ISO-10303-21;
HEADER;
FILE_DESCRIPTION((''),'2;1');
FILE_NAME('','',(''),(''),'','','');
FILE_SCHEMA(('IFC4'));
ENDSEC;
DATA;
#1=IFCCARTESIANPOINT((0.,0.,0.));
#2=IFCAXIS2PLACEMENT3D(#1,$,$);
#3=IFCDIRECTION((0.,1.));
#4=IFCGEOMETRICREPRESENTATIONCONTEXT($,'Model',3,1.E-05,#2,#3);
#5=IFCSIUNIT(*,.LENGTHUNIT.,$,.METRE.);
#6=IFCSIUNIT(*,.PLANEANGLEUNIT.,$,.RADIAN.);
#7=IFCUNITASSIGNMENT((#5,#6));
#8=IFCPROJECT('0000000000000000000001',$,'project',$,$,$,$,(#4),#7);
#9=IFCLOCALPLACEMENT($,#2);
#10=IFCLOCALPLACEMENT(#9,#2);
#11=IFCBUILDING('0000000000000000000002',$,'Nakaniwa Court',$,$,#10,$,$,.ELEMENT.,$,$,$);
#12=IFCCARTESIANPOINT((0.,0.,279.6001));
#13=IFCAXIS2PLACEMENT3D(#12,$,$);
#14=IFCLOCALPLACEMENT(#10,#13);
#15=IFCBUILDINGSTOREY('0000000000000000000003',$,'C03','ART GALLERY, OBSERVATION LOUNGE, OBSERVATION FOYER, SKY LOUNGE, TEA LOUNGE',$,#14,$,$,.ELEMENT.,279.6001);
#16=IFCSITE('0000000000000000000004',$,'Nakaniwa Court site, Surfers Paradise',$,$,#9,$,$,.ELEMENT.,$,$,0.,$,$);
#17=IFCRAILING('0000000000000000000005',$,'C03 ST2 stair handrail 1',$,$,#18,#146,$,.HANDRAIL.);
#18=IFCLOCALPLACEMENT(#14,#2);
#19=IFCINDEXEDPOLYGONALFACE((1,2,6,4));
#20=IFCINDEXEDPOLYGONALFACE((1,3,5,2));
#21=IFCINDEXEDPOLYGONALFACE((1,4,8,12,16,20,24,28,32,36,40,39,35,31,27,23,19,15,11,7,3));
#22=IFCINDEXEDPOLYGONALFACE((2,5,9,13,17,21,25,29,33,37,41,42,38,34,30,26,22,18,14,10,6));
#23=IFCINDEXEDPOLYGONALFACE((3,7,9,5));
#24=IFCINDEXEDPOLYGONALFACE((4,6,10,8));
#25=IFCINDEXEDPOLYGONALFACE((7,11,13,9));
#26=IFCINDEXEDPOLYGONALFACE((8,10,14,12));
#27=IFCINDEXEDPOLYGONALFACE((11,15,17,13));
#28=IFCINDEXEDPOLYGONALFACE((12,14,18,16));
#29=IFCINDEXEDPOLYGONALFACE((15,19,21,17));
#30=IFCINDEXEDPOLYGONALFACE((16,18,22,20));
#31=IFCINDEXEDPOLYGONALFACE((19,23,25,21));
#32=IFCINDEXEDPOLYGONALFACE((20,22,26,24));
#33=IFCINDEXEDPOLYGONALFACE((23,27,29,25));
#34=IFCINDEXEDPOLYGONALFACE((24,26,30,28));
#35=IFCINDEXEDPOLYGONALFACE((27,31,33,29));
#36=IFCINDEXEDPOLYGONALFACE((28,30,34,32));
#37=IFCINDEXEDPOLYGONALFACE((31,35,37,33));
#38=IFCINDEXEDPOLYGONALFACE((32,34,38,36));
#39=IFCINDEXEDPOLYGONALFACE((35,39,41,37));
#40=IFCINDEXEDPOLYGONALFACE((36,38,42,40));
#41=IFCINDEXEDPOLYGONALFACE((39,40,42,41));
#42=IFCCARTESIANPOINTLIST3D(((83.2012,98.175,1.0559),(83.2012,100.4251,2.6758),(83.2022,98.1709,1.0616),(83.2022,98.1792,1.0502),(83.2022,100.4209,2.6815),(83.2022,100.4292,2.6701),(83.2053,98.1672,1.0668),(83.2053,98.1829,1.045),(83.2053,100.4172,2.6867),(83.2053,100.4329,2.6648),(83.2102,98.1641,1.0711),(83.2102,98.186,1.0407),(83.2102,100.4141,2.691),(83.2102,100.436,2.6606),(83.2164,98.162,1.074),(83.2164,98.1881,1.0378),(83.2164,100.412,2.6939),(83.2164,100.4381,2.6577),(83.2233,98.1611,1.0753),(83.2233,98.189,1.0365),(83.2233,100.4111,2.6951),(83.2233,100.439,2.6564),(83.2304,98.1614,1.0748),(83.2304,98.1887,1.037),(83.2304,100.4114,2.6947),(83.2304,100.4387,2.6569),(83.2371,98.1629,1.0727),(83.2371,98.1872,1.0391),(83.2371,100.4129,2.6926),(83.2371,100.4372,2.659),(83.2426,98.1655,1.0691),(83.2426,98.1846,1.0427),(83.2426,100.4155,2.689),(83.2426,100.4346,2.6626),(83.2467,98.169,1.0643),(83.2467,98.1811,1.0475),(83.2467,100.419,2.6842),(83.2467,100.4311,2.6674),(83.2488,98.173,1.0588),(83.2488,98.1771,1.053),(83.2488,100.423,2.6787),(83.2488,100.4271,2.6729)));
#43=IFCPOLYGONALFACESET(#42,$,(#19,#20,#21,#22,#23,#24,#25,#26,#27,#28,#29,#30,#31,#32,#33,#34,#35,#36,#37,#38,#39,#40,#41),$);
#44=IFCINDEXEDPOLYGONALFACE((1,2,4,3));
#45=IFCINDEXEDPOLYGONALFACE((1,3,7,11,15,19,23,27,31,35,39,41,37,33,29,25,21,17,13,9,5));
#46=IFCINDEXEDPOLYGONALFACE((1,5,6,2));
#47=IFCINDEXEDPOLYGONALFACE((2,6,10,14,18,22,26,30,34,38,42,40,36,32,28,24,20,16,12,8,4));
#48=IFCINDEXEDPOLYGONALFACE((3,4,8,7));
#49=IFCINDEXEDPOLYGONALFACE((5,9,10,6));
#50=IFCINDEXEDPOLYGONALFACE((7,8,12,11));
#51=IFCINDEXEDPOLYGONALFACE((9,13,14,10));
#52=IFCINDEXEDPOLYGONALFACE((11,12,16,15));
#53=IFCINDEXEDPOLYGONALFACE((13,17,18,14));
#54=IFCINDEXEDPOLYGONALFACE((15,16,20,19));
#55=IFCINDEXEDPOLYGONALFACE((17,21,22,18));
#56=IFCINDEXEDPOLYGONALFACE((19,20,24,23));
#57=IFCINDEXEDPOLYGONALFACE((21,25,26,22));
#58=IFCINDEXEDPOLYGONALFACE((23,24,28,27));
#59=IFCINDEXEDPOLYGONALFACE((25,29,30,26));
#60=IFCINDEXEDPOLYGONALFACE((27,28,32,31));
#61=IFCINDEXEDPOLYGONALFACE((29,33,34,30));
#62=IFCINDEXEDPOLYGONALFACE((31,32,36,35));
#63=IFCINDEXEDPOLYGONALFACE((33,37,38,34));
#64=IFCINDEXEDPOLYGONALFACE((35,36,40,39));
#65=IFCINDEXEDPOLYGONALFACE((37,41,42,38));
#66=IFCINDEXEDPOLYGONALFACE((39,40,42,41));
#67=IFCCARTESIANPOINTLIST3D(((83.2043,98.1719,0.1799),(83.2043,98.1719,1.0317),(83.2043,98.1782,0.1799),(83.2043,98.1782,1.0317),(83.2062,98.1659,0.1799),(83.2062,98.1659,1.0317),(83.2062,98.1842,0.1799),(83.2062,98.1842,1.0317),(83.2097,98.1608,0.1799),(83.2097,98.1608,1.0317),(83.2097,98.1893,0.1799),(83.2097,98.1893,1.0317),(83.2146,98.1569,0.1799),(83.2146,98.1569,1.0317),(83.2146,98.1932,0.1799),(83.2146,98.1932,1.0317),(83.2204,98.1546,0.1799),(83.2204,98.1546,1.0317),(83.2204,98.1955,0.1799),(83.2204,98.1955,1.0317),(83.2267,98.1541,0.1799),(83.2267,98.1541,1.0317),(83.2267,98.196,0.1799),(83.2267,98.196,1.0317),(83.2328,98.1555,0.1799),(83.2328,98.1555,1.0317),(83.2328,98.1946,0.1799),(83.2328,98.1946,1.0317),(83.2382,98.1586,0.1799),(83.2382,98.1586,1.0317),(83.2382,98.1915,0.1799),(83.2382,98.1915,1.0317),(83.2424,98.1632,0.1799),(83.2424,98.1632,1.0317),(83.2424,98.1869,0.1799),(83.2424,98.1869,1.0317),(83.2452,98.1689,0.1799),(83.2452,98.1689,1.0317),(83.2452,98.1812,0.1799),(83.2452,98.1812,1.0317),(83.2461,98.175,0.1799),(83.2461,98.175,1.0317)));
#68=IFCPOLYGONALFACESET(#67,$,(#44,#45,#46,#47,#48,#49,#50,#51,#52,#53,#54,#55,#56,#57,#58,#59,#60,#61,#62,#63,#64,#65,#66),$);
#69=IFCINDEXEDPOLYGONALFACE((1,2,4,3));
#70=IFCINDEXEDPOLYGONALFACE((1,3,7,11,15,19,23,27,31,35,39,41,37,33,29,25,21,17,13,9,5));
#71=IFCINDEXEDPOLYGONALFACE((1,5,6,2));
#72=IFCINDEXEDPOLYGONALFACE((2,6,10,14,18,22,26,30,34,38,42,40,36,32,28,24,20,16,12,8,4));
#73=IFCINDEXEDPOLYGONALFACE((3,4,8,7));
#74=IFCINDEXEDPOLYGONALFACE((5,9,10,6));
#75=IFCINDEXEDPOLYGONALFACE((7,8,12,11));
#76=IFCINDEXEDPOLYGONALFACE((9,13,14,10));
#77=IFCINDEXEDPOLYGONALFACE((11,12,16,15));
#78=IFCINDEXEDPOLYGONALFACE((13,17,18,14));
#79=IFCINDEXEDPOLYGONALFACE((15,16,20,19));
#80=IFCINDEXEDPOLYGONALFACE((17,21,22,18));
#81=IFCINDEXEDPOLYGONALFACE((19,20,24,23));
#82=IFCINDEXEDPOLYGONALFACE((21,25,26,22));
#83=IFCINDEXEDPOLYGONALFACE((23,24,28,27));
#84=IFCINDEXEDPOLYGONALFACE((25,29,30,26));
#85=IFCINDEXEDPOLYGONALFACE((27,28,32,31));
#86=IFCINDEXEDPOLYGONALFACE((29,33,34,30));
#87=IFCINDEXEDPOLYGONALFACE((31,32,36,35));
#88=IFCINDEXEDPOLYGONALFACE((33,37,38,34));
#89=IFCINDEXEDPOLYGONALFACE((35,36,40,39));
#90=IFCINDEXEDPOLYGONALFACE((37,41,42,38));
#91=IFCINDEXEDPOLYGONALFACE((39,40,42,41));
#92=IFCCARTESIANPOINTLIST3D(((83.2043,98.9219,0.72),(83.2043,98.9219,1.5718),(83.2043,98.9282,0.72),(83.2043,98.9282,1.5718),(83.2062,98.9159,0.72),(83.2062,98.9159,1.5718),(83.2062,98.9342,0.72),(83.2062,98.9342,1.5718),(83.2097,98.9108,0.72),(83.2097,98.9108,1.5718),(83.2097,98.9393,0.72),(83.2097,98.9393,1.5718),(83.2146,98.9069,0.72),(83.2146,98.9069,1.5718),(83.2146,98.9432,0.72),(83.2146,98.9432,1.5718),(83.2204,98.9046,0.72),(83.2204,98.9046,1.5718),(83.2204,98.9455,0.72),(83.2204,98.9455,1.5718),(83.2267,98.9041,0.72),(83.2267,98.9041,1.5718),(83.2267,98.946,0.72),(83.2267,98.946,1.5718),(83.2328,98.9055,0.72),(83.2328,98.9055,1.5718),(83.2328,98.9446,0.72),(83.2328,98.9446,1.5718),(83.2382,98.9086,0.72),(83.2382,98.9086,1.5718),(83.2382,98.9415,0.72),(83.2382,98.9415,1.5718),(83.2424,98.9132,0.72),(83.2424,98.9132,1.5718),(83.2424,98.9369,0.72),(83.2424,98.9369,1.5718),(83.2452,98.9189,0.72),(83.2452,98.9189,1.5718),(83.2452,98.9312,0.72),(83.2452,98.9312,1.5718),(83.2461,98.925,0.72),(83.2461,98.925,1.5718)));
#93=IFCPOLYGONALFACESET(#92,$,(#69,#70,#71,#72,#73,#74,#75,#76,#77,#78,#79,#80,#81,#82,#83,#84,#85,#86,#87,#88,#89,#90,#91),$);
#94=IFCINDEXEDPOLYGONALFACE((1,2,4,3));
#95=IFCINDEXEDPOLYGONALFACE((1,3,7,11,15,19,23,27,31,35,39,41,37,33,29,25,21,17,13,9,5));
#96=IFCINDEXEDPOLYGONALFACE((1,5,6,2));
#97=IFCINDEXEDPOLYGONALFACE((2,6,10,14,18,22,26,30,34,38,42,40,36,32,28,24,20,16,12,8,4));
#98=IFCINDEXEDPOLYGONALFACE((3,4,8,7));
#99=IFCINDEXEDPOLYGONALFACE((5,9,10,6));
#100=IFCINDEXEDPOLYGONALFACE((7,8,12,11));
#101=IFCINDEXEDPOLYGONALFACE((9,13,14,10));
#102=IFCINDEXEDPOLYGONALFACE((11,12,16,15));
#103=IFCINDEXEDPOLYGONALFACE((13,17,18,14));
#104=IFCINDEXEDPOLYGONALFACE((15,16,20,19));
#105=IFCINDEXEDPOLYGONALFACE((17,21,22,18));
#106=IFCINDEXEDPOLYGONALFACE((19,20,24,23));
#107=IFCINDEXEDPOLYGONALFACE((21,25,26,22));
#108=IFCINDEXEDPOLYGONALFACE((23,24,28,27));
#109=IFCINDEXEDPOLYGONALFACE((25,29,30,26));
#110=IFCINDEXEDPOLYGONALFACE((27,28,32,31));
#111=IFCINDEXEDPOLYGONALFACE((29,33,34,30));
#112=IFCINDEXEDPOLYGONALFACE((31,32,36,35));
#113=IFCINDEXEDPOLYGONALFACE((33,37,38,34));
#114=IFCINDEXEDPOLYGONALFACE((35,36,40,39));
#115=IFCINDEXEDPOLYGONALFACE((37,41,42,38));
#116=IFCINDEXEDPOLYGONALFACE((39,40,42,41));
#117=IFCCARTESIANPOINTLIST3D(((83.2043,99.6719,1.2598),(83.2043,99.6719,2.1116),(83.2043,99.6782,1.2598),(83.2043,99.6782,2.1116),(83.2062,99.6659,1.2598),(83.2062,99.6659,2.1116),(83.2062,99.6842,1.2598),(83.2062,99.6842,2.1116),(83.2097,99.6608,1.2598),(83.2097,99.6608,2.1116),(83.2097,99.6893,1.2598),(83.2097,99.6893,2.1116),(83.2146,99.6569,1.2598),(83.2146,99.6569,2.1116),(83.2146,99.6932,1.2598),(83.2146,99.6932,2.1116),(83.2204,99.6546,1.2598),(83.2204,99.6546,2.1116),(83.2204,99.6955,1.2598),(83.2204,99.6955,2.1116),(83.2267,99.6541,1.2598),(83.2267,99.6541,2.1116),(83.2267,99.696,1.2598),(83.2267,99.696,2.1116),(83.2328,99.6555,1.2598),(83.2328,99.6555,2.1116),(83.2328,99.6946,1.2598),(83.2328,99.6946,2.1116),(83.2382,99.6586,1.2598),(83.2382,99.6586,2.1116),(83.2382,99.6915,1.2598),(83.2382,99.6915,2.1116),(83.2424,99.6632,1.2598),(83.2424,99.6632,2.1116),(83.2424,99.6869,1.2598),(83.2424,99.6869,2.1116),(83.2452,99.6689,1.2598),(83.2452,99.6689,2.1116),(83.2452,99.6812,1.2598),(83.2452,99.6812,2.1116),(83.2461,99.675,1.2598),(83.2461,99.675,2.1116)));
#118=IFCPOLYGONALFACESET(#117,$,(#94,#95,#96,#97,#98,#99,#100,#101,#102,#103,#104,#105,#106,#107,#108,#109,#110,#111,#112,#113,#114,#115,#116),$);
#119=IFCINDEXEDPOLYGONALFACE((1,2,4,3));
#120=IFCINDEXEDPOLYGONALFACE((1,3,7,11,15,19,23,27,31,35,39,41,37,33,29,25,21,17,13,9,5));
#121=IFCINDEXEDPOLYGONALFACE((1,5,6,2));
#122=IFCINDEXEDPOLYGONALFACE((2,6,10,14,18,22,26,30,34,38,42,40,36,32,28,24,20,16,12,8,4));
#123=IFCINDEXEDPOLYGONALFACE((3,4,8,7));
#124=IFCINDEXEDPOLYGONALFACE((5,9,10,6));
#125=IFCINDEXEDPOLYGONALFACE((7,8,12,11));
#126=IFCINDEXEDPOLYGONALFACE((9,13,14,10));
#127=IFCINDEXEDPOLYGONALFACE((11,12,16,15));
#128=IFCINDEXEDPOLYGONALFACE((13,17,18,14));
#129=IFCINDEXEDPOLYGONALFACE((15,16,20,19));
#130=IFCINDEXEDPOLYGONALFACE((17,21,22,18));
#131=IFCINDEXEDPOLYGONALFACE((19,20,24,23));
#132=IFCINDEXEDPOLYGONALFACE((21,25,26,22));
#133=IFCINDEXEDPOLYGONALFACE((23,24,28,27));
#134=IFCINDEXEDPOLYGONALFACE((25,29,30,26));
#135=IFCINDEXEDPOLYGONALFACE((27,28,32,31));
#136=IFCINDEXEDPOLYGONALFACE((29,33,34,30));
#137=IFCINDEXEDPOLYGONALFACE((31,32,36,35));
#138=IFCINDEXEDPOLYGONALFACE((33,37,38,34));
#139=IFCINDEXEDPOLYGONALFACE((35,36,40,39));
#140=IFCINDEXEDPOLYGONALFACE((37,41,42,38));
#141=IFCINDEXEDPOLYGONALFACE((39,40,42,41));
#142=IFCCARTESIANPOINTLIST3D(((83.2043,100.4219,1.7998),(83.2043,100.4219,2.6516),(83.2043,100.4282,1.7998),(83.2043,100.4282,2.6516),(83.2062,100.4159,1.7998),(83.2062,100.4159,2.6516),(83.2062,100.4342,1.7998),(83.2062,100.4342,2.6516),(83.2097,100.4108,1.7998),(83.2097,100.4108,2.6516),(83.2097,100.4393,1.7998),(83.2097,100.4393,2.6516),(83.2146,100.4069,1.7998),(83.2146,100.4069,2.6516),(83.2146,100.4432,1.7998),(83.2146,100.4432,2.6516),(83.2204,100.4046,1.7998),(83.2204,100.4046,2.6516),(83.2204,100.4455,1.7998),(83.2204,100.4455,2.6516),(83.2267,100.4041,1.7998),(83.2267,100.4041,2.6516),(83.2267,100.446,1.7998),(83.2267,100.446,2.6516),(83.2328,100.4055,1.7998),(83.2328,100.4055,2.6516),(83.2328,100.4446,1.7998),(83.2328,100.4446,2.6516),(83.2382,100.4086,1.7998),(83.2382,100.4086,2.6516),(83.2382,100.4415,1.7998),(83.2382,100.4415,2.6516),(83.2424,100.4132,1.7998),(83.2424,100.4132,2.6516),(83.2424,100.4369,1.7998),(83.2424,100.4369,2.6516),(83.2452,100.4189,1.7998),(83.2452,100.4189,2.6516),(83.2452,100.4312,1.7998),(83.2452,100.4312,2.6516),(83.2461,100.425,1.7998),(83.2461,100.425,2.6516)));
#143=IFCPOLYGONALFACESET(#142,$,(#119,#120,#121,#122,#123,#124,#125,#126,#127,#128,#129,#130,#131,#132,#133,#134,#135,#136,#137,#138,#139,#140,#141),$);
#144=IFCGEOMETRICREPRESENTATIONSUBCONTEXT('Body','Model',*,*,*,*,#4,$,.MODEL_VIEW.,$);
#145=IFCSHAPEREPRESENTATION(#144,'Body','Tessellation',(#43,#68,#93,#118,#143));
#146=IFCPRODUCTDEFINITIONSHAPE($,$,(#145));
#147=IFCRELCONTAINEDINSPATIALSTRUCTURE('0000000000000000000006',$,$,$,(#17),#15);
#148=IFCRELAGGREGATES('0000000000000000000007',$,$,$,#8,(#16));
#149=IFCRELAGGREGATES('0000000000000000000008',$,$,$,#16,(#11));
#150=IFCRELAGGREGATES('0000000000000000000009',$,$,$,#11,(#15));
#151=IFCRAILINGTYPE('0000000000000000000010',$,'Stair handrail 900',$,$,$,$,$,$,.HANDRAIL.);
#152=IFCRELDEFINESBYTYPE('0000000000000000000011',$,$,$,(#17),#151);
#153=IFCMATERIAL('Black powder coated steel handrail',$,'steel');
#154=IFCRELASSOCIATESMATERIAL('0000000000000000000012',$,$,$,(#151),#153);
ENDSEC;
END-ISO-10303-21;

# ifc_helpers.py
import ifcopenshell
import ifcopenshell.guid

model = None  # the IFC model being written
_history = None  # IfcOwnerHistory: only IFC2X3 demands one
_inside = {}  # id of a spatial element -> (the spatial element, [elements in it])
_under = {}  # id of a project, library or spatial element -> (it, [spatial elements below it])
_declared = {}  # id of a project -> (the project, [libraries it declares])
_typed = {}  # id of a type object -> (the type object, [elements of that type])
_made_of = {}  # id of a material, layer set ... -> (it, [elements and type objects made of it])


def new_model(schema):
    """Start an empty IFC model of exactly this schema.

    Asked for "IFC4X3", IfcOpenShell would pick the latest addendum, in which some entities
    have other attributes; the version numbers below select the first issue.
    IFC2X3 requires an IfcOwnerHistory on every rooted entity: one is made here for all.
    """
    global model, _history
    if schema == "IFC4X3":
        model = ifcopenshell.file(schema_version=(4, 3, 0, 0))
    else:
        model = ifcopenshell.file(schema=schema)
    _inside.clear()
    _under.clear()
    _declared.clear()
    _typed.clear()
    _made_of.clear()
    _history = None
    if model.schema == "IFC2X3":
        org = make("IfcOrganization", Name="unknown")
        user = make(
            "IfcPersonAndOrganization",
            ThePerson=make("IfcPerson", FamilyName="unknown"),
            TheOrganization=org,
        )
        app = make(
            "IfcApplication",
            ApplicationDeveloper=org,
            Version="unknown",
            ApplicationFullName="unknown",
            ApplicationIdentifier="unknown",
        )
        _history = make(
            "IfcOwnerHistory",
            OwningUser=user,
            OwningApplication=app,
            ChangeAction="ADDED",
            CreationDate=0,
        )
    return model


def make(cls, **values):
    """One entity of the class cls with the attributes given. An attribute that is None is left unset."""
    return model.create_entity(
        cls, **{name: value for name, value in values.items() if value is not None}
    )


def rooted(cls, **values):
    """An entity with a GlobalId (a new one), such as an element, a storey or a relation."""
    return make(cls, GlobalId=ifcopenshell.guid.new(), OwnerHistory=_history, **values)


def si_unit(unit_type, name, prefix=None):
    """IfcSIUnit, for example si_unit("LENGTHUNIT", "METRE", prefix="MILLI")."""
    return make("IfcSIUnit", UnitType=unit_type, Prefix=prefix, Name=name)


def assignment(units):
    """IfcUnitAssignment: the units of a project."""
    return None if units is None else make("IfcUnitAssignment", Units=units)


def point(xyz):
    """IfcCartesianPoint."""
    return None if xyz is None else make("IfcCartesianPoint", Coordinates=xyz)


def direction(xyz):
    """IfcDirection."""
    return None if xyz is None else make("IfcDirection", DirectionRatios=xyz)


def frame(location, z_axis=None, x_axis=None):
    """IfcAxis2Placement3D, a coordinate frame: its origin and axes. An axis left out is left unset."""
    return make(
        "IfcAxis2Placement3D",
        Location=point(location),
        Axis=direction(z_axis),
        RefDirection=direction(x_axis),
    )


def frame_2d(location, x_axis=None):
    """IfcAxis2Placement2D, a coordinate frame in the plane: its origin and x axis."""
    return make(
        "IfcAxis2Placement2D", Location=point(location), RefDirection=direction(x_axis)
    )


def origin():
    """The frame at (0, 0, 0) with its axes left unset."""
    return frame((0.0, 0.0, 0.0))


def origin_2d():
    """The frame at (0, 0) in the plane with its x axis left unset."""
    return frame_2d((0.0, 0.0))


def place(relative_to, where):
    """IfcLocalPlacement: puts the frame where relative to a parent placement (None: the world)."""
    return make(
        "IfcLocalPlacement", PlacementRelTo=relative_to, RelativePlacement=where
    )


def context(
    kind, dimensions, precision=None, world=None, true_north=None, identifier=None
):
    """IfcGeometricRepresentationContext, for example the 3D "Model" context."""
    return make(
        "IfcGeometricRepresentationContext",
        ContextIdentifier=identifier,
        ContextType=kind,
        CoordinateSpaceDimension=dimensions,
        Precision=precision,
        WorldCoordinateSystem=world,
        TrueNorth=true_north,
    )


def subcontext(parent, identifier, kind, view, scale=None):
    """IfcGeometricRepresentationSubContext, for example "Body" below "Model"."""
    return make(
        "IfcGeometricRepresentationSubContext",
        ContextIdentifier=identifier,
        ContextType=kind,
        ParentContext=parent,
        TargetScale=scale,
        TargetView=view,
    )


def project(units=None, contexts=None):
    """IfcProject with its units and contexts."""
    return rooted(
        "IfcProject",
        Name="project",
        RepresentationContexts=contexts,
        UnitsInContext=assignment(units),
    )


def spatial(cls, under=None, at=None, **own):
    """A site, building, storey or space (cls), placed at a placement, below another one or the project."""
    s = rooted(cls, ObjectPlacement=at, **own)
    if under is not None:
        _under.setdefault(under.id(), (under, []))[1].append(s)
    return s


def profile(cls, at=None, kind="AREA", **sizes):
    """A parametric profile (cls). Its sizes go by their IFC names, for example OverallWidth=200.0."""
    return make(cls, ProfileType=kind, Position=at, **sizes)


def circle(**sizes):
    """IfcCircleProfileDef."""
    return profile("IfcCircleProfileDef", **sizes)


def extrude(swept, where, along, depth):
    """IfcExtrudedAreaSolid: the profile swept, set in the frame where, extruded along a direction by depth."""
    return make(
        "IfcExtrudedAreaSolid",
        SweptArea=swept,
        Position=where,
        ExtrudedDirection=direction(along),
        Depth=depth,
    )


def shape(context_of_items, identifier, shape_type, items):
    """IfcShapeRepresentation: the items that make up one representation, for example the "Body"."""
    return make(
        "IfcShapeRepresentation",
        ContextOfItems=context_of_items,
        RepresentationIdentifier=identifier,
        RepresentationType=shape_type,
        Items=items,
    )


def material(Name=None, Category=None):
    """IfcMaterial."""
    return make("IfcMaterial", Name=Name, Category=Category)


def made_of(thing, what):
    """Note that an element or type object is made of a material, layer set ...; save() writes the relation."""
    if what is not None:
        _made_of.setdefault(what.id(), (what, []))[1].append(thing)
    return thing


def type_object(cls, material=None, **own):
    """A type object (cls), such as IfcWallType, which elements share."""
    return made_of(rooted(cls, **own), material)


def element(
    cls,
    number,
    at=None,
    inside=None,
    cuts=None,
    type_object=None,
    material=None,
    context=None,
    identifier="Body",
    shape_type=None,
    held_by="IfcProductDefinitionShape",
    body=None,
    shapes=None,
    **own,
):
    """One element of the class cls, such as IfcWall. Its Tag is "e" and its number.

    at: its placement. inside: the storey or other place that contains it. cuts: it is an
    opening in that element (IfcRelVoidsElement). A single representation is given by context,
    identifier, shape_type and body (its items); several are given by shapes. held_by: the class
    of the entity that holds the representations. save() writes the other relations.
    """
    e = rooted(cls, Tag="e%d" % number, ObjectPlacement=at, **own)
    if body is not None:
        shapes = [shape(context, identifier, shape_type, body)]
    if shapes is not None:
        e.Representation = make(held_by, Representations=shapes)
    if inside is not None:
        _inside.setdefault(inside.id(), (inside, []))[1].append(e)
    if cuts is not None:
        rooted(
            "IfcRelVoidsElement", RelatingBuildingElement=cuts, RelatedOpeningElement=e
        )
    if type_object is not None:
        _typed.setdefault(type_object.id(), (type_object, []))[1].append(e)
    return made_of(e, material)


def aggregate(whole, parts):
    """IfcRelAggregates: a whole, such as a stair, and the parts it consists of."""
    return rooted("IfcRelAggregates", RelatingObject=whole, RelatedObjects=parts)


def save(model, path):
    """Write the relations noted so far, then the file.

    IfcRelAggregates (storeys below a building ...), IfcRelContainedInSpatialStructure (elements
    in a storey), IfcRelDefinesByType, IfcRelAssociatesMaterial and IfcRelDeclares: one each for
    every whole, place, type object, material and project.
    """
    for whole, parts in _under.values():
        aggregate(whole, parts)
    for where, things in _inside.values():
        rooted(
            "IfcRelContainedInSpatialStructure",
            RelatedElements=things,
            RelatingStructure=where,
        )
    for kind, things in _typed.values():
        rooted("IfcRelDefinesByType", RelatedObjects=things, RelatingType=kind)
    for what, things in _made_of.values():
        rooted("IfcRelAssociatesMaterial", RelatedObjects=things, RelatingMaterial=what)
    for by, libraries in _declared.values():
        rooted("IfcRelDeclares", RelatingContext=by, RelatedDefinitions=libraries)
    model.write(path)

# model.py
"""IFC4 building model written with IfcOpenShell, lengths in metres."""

from ifc_helpers import new_model, si_unit, direction, frame, origin, origin_2d, place, context, subcontext, project, spatial, circle, extrude, material, type_object, element, save


model = new_model("IFC4")

# Units and contexts
model_context = context("Model", 3, precision=1e-05, world=origin(), true_north=direction((0.0, 1.0)))
body_context = subcontext(model_context, "Body", "Model", "MODEL_VIEW")
ifc_project = project(units=[si_unit("LENGTHUNIT", "METRE"), si_unit("PLANEANGLEUNIT", "RADIAN")], contexts=[model_context])

# Site, building, storey
site_placement = place(None, origin())
site = spatial("IfcSite", under=ifc_project, at=site_placement, Name="Nakaniwa Court site, Surfers Paradise", CompositionType="ELEMENT", RefElevation=0.0)
building_placement = place(site_placement, origin())
building = spatial("IfcBuilding", under=site, at=building_placement, Name="Nakaniwa Court", CompositionType="ELEMENT")
storey_placement = place(building_placement, frame((0.0, 0.0, 279.6001)))
storey = spatial("IfcBuildingStorey", under=building, at=storey_placement, Name="C03", Description="ART GALLERY, OBSERVATION LOUNGE, OBSERVATION FOYER, SKY LOUNGE, TEA LOUNGE", CompositionType="ELEMENT", Elevation=279.6001)

# Railing
ifc_material_1 = material(Name="Black powder coated steel handrail", Category="steel")
railing_type_1 = type_object("IfcRailingType", Name="Stair handrail 900", PredefinedType="HANDRAIL", material=ifc_material_1)
railing_1_placement = place(storey_placement, frame((83.2251, 98.175, 0.1799)))
element("IfcRailing", 1, at=railing_1_placement, inside=storey, type_object=railing_type_1, Name="C03 ST2 stair handrail 1", PredefinedType="HANDRAIL", context=body_context, shape_type="SweptSolid", body=[
    extrude(circle(Radius=0.0239, at=origin_2d()), frame((0.0, 0.0, 0.876), z_axis=(0.0, 0.811556, 0.584275), x_axis=(-1.0, 0.0, 0.0)), (0.0, 0.0, 1.0), 2.7725),
    extrude(circle(Radius=0.021, at=origin_2d()), origin(), (0.0, 0.0, 1.0), 0.8518),
    extrude(circle(Radius=0.021, at=origin_2d()), frame((0.0, 0.75, 0.54)), (0.0, 0.0, 1.0), 0.8518),
    extrude(circle(Radius=0.021, at=origin_2d()), frame((0.0, 1.5, 1.0798)), (0.0, 0.0, 1.0), 0.8518),
    extrude(circle(Radius=0.021, at=origin_2d()), frame((0.0, 2.25, 1.6199)), (0.0, 0.0, 1.0), 0.8518),
])

save(model, "model.ifc")
